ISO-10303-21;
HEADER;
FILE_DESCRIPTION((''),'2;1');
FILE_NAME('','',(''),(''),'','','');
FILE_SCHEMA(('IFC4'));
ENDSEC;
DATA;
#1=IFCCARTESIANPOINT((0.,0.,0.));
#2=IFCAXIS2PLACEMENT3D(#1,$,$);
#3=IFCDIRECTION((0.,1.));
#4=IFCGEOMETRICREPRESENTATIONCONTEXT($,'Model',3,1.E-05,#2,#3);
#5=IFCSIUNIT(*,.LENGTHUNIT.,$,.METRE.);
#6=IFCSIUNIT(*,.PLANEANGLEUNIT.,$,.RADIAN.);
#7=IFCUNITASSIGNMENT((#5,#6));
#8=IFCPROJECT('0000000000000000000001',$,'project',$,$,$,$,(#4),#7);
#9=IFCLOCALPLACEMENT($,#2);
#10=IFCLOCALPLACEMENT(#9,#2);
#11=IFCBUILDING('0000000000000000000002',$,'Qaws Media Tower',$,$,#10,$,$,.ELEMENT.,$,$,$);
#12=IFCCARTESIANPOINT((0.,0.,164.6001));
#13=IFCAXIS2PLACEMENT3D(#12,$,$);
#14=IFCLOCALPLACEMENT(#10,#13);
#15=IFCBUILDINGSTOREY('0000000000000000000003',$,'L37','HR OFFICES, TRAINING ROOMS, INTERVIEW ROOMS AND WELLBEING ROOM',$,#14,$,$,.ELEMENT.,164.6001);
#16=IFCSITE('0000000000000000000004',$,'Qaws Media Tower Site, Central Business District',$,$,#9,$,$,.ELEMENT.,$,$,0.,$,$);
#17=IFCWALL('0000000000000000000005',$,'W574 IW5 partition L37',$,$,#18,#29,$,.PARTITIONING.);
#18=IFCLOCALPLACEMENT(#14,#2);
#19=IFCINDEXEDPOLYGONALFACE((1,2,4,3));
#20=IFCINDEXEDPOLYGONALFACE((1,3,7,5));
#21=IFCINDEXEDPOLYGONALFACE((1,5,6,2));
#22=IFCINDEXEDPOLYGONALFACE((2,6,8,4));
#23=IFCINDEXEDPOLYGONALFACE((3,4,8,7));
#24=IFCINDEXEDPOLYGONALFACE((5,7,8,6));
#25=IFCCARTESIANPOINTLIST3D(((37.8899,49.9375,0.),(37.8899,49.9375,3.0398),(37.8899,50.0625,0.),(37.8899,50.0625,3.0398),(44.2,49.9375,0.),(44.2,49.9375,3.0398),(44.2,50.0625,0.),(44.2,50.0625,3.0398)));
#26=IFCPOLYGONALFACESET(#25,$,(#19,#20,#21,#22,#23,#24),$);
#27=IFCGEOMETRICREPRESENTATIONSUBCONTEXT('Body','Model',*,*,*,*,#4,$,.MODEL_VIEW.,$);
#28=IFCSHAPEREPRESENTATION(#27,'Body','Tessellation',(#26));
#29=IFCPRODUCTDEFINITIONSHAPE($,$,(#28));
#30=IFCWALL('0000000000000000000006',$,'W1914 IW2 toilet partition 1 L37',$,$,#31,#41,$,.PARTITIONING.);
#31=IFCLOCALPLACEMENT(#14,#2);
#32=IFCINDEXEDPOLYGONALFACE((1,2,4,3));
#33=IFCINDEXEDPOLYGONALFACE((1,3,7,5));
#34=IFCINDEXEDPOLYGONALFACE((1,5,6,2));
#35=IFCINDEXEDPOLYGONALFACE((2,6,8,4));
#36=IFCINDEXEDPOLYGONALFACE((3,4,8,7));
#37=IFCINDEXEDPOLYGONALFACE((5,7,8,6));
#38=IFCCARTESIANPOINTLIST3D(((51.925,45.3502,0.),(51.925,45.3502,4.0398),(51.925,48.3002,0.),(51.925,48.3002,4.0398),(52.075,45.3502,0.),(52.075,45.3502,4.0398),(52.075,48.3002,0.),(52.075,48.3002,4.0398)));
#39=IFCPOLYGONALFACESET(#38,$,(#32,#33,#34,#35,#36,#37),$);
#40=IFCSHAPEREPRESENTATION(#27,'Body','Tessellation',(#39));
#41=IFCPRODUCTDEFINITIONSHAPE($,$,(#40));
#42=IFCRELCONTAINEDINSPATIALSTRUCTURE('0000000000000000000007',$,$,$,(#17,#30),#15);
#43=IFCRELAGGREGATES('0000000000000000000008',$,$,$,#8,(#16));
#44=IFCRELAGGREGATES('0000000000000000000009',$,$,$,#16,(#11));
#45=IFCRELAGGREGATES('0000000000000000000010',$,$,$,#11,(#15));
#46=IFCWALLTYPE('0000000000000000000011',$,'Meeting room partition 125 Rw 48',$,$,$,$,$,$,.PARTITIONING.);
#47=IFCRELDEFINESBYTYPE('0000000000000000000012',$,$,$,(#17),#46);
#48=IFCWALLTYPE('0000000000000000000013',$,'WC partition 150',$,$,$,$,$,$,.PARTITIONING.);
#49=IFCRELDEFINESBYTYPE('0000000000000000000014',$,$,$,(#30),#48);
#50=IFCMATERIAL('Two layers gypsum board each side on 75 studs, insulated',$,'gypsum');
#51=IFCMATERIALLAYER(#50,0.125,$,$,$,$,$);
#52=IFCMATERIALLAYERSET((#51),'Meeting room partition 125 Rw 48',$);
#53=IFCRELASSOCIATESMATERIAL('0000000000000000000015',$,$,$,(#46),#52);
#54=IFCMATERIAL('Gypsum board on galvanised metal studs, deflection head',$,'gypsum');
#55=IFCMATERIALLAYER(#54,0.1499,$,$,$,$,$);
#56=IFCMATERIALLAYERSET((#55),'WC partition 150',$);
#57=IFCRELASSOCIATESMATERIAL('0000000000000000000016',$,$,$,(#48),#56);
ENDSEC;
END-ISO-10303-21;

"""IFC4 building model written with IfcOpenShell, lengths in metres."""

from ifc_helpers import new_model, si_unit, direction, frame, frame_2d, origin, place, context, subcontext, project, spatial, rectangle, extrude, material, layer, layer_set, type_object, element, save


model = new_model("IFC4")

# Units and contexts
model_context = context("Model", 3, precision=1e-05, world=origin(), true_north=direction((0.0, 1.0)))
body_context = subcontext(model_context, "Body", "Model", "MODEL_VIEW")
ifc_project = project(units=[si_unit("LENGTHUNIT", "METRE"), si_unit("PLANEANGLEUNIT", "RADIAN")], contexts=[model_context])

# Site, building, storey
site_placement = place(None, origin())
site = spatial("IfcSite", under=ifc_project, at=site_placement, Name="Qaws Media Tower Site, Central Business District", CompositionType="ELEMENT", RefElevation=0.0)
building_placement = place(site_placement, origin())
building = spatial("IfcBuilding", under=site, at=building_placement, Name="Qaws Media Tower", CompositionType="ELEMENT")
storey_placement = place(building_placement, frame((0.0, 0.0, 164.6001)))
storey = spatial("IfcBuildingStorey", under=building, at=storey_placement, Name="L37", Description="HR OFFICES, TRAINING ROOMS, INTERVIEW ROOMS AND WELLBEING ROOM", CompositionType="ELEMENT", Elevation=164.6001)

# Wall
ifc_material_1 = material(Name="Two layers gypsum board each side on 75 studs, insulated", Category="gypsum")
ifc_layer_1 = layer(ifc_material_1, 0.125)
ifc_layer_set_1 = layer_set([ifc_layer_1], Name="Meeting room partition 125 Rw 48")
wall_type_1 = type_object("IfcWallType", Name="Meeting room partition 125 Rw 48", PredefinedType="PARTITIONING", material=ifc_layer_set_1)
wall_1_placement = place(storey_placement, frame((44.2, 50.0, 0.0), z_axis=(0.0, 0.0, 1.0), x_axis=(-1.0, 0.0, 0.0)))
element("IfcWall", 1, at=wall_1_placement, inside=storey, type_object=wall_type_1, Name="W574 IW5 partition L37", PredefinedType="PARTITIONING", context=body_context, shape_type="SweptSolid", body=[
    extrude(rectangle(XDim=6.3101, YDim=0.125, at=frame_2d((3.155, 0.0))), origin(), (0.0, 0.0, 1.0), 3.0398),
])

# Wall
ifc_material_2 = material(Name="Gypsum board on galvanised metal studs, deflection head", Category="gypsum")
ifc_layer_2 = layer(ifc_material_2, 0.1499)
ifc_layer_set_2 = layer_set([ifc_layer_2], Name="WC partition 150")
wall_type_2 = type_object("IfcWallType", Name="WC partition 150", PredefinedType="PARTITIONING", material=ifc_layer_set_2)
wall_2_placement = place(storey_placement, frame((52.0, 45.3501, 0.0), z_axis=(0.0, 0.0, 1.0), x_axis=(0.0, 1.0, 0.0)))
element("IfcWall", 2, at=wall_2_placement, inside=storey, type_object=wall_type_2, Name="W1914 IW2 toilet partition 1 L37", PredefinedType="PARTITIONING", context=body_context, shape_type="SweptSolid", body=[
    extrude(rectangle(XDim=2.95, YDim=0.1499, at=frame_2d((1.4751, 0.0))), origin(), (0.0, 0.0, 1.0), 4.0398),
])

save(model, "model.ifc")
